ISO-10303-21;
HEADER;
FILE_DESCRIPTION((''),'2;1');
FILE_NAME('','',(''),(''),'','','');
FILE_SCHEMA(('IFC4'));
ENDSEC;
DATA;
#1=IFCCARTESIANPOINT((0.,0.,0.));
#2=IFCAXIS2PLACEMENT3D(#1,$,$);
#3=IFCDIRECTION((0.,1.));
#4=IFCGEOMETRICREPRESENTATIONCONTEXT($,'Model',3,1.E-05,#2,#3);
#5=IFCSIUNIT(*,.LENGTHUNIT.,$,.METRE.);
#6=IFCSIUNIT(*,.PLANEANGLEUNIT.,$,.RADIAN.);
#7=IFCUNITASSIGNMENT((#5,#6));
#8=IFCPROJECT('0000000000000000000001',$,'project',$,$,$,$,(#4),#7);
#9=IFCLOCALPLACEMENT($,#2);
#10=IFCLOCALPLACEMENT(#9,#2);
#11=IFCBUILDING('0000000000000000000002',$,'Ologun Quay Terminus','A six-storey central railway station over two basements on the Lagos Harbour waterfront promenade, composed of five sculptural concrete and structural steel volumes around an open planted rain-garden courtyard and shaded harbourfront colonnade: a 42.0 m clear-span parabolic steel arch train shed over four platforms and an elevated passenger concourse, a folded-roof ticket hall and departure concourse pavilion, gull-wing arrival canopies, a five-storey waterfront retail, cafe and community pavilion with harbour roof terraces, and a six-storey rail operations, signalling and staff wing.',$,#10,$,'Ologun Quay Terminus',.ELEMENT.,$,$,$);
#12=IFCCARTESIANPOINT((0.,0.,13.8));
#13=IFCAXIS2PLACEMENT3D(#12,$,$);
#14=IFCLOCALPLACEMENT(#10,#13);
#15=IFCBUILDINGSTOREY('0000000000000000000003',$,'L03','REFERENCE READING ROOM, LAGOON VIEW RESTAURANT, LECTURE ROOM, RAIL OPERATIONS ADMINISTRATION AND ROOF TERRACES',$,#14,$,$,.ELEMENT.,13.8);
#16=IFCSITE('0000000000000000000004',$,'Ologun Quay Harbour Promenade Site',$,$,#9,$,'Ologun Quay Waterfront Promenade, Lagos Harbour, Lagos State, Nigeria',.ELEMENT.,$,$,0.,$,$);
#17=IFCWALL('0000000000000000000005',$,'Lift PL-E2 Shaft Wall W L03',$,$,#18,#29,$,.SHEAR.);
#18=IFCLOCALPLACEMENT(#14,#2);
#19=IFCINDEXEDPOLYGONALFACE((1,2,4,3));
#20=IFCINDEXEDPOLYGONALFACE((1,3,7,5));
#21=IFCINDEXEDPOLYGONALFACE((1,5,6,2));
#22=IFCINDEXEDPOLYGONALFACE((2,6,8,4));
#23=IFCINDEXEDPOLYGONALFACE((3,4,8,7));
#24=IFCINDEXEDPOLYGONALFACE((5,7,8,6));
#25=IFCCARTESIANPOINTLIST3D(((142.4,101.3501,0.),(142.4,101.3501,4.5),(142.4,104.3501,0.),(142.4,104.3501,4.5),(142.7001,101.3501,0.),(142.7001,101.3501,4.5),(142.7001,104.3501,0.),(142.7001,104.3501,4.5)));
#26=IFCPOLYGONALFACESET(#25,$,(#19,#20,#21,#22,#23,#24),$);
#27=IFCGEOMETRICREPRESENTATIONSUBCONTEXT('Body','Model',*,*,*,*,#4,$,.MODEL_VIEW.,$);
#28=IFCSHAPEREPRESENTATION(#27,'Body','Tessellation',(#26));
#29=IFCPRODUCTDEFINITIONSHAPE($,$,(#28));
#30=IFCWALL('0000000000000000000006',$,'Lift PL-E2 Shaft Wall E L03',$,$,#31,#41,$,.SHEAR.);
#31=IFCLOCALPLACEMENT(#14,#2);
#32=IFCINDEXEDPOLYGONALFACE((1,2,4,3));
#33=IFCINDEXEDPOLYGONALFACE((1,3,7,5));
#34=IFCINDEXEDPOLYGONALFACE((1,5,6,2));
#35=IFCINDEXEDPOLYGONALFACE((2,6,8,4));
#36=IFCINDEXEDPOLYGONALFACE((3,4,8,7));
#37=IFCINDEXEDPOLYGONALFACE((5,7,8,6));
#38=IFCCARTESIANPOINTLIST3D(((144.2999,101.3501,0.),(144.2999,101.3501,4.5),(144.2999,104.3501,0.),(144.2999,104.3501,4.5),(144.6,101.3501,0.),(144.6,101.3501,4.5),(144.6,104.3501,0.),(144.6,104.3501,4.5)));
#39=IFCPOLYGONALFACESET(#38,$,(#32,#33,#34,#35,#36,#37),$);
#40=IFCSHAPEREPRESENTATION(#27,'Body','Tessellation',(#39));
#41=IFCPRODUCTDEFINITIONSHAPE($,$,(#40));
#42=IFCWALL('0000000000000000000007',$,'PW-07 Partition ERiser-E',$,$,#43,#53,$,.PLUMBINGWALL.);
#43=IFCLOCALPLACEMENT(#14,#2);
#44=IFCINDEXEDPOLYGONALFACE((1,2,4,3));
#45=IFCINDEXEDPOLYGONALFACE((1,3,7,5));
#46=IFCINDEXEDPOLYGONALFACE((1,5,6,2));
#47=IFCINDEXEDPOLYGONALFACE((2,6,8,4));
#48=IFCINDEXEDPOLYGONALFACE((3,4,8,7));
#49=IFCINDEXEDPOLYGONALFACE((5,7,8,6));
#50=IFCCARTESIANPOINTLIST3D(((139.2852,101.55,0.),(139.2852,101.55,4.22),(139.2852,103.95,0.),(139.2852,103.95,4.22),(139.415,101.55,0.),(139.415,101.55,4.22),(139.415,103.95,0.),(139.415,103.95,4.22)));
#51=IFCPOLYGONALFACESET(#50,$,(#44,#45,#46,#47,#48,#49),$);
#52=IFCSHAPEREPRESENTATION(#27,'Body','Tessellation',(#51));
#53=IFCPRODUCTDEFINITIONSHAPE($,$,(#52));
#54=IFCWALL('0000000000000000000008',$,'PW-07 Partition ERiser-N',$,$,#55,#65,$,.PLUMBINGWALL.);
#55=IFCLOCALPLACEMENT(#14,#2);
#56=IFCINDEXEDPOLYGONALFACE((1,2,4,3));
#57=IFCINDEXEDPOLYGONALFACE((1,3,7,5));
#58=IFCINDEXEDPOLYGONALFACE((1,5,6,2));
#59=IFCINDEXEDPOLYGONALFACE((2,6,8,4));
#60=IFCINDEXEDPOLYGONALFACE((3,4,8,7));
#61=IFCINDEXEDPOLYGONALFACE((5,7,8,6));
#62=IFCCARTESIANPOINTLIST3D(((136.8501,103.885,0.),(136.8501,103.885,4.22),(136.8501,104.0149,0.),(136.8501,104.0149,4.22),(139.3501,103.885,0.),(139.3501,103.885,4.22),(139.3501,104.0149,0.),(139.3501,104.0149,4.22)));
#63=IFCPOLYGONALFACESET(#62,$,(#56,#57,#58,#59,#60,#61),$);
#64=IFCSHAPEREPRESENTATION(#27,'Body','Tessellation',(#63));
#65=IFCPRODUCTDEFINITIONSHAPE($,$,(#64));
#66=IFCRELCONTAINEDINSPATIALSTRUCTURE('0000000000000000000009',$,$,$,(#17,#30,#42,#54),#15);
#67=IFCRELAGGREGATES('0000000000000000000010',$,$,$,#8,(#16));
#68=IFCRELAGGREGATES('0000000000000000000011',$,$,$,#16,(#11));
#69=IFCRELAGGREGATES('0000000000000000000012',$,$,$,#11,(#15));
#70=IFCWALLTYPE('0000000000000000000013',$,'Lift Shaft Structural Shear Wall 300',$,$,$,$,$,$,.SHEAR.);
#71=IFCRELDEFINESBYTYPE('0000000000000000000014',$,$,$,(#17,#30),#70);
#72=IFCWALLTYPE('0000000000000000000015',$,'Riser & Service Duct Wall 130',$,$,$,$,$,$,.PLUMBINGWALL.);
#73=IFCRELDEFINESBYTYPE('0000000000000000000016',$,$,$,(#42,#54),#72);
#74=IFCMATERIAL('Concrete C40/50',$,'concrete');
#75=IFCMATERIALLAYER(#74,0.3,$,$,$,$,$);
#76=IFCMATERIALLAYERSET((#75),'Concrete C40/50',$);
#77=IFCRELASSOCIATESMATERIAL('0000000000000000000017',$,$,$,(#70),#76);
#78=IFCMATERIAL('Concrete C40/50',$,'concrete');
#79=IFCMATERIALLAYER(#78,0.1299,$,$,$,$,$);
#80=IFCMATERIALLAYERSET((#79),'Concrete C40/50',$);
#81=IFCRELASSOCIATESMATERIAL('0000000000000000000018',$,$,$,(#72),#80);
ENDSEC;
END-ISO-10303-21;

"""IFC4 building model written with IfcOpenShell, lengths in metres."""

from ifc_helpers import new_model, si_unit, direction, frame, frame_2d, origin, place, context, subcontext, project, spatial, rectangle, extrude, material, layer, layer_set, type_object, element, save


model = new_model("IFC4")

# Units and contexts
model_context = context("Model", 3, precision=1e-05, world=origin(), true_north=direction((0.0, 1.0)))
body_context = subcontext(model_context, "Body", "Model", "MODEL_VIEW")
ifc_project = project(units=[si_unit("LENGTHUNIT", "METRE"), si_unit("PLANEANGLEUNIT", "RADIAN")], contexts=[model_context])

# Site, building, storey
site_placement = place(None, origin())
site = spatial("IfcSite", under=ifc_project, at=site_placement, Name="Ologun Quay Harbour Promenade Site", LongName="Ologun Quay Waterfront Promenade, Lagos Harbour, Lagos State, Nigeria", CompositionType="ELEMENT", RefElevation=0.0)
building_placement = place(site_placement, origin())
building = spatial("IfcBuilding", under=site, at=building_placement, Name="Ologun Quay Terminus", Description="A six-storey central railway station over two basements on the Lagos Harbour waterfront promenade, composed of five sculptural concrete and structural steel volumes around an open planted rain-garden courtyard and shaded harbourfront colonnade: a 42.0 m clear-span parabolic steel arch train shed over four platforms and an elevated passenger concourse, a folded-roof ticket hall and departure concourse pavilion, gull-wing arrival canopies, a five-storey waterfront retail, cafe and community pavilion with harbour roof terraces, and a six-storey rail operations, signalling and staff wing.", LongName="Ologun Quay Terminus", CompositionType="ELEMENT")
storey_placement = place(building_placement, frame((0.0, 0.0, 13.8)))
storey = spatial("IfcBuildingStorey", under=building, at=storey_placement, Name="L03", Description="REFERENCE READING ROOM, LAGOON VIEW RESTAURANT, LECTURE ROOM, RAIL OPERATIONS ADMINISTRATION AND ROOF TERRACES", CompositionType="ELEMENT", Elevation=13.8)

# Shared definitions
ifc_material_1 = material(Name="Concrete C40/50", Category="concrete")
ifc_layer_1 = layer(ifc_material_1, 0.3)
ifc_layer_set_1 = layer_set([ifc_layer_1], Name="Concrete C40/50")
wall_type_1 = type_object("IfcWallType", Name="Lift Shaft Structural Shear Wall 300", PredefinedType="SHEAR", material=ifc_layer_set_1)

# Walls
for number, where, z_axis, x_axis, name in (
    (1, (142.55, 101.3501, 0.0), (0.0, 0.0, 1.0), (0.0, 1.0, 0.0), "Lift PL-E2 Shaft Wall W L03"),
    (2, (144.45, 101.3501, 0.0), (0.0, 0.0, 1.0), (0.0, 1.0, 0.0), "Lift PL-E2 Shaft Wall E L03"),
):
    element("IfcWall", number, at=place(storey_placement, frame(where, z_axis=z_axis, x_axis=x_axis)), inside=storey, type_object=wall_type_1, Name=name, PredefinedType="SHEAR", context=body_context, shape_type="SweptSolid", body=[
        extrude(rectangle(XDim=3.0, YDim=0.3, at=frame_2d((1.5, 0.0))), origin(), (0.0, 0.0, 1.0), 4.5),
    ])
ifc_material_2 = material(Name="Concrete C40/50", Category="concrete")
ifc_layer_2 = layer(ifc_material_2, 0.1299)
ifc_layer_set_2 = layer_set([ifc_layer_2], Name="Concrete C40/50")
wall_type_2 = type_object("IfcWallType", Name="Riser & Service Duct Wall 130", PredefinedType="PLUMBINGWALL", material=ifc_layer_set_2)
wall_1_placement = place(storey_placement, frame((139.3501, 101.55, 0.0), z_axis=(0.0, 0.0, 1.0), x_axis=(0.0, 1.0, 0.0)))
element("IfcWall", 3, at=wall_1_placement, inside=storey, type_object=wall_type_2, Name="PW-07 Partition ERiser-E", PredefinedType="PLUMBINGWALL", context=body_context, shape_type="SweptSolid", body=[
    extrude(rectangle(XDim=2.3999, YDim=0.1299, at=frame_2d((1.2, 0.0))), origin(), (0.0, 0.0, 1.0), 4.22),
])
wall_2_placement = place(storey_placement, frame((136.8501, 103.95, 0.0), z_axis=(0.0, 0.0, 1.0), x_axis=(1.0, 0.0, 0.0)))
element("IfcWall", 4, at=wall_2_placement, inside=storey, type_object=wall_type_2, Name="PW-07 Partition ERiser-N", PredefinedType="PLUMBINGWALL", context=body_context, shape_type="SweptSolid", body=[
    extrude(rectangle(XDim=2.5, YDim=0.1299, at=frame_2d((1.25, 0.0))), origin(), (0.0, 0.0, 1.0), 4.22),
])

save(model, "model.ifc")
